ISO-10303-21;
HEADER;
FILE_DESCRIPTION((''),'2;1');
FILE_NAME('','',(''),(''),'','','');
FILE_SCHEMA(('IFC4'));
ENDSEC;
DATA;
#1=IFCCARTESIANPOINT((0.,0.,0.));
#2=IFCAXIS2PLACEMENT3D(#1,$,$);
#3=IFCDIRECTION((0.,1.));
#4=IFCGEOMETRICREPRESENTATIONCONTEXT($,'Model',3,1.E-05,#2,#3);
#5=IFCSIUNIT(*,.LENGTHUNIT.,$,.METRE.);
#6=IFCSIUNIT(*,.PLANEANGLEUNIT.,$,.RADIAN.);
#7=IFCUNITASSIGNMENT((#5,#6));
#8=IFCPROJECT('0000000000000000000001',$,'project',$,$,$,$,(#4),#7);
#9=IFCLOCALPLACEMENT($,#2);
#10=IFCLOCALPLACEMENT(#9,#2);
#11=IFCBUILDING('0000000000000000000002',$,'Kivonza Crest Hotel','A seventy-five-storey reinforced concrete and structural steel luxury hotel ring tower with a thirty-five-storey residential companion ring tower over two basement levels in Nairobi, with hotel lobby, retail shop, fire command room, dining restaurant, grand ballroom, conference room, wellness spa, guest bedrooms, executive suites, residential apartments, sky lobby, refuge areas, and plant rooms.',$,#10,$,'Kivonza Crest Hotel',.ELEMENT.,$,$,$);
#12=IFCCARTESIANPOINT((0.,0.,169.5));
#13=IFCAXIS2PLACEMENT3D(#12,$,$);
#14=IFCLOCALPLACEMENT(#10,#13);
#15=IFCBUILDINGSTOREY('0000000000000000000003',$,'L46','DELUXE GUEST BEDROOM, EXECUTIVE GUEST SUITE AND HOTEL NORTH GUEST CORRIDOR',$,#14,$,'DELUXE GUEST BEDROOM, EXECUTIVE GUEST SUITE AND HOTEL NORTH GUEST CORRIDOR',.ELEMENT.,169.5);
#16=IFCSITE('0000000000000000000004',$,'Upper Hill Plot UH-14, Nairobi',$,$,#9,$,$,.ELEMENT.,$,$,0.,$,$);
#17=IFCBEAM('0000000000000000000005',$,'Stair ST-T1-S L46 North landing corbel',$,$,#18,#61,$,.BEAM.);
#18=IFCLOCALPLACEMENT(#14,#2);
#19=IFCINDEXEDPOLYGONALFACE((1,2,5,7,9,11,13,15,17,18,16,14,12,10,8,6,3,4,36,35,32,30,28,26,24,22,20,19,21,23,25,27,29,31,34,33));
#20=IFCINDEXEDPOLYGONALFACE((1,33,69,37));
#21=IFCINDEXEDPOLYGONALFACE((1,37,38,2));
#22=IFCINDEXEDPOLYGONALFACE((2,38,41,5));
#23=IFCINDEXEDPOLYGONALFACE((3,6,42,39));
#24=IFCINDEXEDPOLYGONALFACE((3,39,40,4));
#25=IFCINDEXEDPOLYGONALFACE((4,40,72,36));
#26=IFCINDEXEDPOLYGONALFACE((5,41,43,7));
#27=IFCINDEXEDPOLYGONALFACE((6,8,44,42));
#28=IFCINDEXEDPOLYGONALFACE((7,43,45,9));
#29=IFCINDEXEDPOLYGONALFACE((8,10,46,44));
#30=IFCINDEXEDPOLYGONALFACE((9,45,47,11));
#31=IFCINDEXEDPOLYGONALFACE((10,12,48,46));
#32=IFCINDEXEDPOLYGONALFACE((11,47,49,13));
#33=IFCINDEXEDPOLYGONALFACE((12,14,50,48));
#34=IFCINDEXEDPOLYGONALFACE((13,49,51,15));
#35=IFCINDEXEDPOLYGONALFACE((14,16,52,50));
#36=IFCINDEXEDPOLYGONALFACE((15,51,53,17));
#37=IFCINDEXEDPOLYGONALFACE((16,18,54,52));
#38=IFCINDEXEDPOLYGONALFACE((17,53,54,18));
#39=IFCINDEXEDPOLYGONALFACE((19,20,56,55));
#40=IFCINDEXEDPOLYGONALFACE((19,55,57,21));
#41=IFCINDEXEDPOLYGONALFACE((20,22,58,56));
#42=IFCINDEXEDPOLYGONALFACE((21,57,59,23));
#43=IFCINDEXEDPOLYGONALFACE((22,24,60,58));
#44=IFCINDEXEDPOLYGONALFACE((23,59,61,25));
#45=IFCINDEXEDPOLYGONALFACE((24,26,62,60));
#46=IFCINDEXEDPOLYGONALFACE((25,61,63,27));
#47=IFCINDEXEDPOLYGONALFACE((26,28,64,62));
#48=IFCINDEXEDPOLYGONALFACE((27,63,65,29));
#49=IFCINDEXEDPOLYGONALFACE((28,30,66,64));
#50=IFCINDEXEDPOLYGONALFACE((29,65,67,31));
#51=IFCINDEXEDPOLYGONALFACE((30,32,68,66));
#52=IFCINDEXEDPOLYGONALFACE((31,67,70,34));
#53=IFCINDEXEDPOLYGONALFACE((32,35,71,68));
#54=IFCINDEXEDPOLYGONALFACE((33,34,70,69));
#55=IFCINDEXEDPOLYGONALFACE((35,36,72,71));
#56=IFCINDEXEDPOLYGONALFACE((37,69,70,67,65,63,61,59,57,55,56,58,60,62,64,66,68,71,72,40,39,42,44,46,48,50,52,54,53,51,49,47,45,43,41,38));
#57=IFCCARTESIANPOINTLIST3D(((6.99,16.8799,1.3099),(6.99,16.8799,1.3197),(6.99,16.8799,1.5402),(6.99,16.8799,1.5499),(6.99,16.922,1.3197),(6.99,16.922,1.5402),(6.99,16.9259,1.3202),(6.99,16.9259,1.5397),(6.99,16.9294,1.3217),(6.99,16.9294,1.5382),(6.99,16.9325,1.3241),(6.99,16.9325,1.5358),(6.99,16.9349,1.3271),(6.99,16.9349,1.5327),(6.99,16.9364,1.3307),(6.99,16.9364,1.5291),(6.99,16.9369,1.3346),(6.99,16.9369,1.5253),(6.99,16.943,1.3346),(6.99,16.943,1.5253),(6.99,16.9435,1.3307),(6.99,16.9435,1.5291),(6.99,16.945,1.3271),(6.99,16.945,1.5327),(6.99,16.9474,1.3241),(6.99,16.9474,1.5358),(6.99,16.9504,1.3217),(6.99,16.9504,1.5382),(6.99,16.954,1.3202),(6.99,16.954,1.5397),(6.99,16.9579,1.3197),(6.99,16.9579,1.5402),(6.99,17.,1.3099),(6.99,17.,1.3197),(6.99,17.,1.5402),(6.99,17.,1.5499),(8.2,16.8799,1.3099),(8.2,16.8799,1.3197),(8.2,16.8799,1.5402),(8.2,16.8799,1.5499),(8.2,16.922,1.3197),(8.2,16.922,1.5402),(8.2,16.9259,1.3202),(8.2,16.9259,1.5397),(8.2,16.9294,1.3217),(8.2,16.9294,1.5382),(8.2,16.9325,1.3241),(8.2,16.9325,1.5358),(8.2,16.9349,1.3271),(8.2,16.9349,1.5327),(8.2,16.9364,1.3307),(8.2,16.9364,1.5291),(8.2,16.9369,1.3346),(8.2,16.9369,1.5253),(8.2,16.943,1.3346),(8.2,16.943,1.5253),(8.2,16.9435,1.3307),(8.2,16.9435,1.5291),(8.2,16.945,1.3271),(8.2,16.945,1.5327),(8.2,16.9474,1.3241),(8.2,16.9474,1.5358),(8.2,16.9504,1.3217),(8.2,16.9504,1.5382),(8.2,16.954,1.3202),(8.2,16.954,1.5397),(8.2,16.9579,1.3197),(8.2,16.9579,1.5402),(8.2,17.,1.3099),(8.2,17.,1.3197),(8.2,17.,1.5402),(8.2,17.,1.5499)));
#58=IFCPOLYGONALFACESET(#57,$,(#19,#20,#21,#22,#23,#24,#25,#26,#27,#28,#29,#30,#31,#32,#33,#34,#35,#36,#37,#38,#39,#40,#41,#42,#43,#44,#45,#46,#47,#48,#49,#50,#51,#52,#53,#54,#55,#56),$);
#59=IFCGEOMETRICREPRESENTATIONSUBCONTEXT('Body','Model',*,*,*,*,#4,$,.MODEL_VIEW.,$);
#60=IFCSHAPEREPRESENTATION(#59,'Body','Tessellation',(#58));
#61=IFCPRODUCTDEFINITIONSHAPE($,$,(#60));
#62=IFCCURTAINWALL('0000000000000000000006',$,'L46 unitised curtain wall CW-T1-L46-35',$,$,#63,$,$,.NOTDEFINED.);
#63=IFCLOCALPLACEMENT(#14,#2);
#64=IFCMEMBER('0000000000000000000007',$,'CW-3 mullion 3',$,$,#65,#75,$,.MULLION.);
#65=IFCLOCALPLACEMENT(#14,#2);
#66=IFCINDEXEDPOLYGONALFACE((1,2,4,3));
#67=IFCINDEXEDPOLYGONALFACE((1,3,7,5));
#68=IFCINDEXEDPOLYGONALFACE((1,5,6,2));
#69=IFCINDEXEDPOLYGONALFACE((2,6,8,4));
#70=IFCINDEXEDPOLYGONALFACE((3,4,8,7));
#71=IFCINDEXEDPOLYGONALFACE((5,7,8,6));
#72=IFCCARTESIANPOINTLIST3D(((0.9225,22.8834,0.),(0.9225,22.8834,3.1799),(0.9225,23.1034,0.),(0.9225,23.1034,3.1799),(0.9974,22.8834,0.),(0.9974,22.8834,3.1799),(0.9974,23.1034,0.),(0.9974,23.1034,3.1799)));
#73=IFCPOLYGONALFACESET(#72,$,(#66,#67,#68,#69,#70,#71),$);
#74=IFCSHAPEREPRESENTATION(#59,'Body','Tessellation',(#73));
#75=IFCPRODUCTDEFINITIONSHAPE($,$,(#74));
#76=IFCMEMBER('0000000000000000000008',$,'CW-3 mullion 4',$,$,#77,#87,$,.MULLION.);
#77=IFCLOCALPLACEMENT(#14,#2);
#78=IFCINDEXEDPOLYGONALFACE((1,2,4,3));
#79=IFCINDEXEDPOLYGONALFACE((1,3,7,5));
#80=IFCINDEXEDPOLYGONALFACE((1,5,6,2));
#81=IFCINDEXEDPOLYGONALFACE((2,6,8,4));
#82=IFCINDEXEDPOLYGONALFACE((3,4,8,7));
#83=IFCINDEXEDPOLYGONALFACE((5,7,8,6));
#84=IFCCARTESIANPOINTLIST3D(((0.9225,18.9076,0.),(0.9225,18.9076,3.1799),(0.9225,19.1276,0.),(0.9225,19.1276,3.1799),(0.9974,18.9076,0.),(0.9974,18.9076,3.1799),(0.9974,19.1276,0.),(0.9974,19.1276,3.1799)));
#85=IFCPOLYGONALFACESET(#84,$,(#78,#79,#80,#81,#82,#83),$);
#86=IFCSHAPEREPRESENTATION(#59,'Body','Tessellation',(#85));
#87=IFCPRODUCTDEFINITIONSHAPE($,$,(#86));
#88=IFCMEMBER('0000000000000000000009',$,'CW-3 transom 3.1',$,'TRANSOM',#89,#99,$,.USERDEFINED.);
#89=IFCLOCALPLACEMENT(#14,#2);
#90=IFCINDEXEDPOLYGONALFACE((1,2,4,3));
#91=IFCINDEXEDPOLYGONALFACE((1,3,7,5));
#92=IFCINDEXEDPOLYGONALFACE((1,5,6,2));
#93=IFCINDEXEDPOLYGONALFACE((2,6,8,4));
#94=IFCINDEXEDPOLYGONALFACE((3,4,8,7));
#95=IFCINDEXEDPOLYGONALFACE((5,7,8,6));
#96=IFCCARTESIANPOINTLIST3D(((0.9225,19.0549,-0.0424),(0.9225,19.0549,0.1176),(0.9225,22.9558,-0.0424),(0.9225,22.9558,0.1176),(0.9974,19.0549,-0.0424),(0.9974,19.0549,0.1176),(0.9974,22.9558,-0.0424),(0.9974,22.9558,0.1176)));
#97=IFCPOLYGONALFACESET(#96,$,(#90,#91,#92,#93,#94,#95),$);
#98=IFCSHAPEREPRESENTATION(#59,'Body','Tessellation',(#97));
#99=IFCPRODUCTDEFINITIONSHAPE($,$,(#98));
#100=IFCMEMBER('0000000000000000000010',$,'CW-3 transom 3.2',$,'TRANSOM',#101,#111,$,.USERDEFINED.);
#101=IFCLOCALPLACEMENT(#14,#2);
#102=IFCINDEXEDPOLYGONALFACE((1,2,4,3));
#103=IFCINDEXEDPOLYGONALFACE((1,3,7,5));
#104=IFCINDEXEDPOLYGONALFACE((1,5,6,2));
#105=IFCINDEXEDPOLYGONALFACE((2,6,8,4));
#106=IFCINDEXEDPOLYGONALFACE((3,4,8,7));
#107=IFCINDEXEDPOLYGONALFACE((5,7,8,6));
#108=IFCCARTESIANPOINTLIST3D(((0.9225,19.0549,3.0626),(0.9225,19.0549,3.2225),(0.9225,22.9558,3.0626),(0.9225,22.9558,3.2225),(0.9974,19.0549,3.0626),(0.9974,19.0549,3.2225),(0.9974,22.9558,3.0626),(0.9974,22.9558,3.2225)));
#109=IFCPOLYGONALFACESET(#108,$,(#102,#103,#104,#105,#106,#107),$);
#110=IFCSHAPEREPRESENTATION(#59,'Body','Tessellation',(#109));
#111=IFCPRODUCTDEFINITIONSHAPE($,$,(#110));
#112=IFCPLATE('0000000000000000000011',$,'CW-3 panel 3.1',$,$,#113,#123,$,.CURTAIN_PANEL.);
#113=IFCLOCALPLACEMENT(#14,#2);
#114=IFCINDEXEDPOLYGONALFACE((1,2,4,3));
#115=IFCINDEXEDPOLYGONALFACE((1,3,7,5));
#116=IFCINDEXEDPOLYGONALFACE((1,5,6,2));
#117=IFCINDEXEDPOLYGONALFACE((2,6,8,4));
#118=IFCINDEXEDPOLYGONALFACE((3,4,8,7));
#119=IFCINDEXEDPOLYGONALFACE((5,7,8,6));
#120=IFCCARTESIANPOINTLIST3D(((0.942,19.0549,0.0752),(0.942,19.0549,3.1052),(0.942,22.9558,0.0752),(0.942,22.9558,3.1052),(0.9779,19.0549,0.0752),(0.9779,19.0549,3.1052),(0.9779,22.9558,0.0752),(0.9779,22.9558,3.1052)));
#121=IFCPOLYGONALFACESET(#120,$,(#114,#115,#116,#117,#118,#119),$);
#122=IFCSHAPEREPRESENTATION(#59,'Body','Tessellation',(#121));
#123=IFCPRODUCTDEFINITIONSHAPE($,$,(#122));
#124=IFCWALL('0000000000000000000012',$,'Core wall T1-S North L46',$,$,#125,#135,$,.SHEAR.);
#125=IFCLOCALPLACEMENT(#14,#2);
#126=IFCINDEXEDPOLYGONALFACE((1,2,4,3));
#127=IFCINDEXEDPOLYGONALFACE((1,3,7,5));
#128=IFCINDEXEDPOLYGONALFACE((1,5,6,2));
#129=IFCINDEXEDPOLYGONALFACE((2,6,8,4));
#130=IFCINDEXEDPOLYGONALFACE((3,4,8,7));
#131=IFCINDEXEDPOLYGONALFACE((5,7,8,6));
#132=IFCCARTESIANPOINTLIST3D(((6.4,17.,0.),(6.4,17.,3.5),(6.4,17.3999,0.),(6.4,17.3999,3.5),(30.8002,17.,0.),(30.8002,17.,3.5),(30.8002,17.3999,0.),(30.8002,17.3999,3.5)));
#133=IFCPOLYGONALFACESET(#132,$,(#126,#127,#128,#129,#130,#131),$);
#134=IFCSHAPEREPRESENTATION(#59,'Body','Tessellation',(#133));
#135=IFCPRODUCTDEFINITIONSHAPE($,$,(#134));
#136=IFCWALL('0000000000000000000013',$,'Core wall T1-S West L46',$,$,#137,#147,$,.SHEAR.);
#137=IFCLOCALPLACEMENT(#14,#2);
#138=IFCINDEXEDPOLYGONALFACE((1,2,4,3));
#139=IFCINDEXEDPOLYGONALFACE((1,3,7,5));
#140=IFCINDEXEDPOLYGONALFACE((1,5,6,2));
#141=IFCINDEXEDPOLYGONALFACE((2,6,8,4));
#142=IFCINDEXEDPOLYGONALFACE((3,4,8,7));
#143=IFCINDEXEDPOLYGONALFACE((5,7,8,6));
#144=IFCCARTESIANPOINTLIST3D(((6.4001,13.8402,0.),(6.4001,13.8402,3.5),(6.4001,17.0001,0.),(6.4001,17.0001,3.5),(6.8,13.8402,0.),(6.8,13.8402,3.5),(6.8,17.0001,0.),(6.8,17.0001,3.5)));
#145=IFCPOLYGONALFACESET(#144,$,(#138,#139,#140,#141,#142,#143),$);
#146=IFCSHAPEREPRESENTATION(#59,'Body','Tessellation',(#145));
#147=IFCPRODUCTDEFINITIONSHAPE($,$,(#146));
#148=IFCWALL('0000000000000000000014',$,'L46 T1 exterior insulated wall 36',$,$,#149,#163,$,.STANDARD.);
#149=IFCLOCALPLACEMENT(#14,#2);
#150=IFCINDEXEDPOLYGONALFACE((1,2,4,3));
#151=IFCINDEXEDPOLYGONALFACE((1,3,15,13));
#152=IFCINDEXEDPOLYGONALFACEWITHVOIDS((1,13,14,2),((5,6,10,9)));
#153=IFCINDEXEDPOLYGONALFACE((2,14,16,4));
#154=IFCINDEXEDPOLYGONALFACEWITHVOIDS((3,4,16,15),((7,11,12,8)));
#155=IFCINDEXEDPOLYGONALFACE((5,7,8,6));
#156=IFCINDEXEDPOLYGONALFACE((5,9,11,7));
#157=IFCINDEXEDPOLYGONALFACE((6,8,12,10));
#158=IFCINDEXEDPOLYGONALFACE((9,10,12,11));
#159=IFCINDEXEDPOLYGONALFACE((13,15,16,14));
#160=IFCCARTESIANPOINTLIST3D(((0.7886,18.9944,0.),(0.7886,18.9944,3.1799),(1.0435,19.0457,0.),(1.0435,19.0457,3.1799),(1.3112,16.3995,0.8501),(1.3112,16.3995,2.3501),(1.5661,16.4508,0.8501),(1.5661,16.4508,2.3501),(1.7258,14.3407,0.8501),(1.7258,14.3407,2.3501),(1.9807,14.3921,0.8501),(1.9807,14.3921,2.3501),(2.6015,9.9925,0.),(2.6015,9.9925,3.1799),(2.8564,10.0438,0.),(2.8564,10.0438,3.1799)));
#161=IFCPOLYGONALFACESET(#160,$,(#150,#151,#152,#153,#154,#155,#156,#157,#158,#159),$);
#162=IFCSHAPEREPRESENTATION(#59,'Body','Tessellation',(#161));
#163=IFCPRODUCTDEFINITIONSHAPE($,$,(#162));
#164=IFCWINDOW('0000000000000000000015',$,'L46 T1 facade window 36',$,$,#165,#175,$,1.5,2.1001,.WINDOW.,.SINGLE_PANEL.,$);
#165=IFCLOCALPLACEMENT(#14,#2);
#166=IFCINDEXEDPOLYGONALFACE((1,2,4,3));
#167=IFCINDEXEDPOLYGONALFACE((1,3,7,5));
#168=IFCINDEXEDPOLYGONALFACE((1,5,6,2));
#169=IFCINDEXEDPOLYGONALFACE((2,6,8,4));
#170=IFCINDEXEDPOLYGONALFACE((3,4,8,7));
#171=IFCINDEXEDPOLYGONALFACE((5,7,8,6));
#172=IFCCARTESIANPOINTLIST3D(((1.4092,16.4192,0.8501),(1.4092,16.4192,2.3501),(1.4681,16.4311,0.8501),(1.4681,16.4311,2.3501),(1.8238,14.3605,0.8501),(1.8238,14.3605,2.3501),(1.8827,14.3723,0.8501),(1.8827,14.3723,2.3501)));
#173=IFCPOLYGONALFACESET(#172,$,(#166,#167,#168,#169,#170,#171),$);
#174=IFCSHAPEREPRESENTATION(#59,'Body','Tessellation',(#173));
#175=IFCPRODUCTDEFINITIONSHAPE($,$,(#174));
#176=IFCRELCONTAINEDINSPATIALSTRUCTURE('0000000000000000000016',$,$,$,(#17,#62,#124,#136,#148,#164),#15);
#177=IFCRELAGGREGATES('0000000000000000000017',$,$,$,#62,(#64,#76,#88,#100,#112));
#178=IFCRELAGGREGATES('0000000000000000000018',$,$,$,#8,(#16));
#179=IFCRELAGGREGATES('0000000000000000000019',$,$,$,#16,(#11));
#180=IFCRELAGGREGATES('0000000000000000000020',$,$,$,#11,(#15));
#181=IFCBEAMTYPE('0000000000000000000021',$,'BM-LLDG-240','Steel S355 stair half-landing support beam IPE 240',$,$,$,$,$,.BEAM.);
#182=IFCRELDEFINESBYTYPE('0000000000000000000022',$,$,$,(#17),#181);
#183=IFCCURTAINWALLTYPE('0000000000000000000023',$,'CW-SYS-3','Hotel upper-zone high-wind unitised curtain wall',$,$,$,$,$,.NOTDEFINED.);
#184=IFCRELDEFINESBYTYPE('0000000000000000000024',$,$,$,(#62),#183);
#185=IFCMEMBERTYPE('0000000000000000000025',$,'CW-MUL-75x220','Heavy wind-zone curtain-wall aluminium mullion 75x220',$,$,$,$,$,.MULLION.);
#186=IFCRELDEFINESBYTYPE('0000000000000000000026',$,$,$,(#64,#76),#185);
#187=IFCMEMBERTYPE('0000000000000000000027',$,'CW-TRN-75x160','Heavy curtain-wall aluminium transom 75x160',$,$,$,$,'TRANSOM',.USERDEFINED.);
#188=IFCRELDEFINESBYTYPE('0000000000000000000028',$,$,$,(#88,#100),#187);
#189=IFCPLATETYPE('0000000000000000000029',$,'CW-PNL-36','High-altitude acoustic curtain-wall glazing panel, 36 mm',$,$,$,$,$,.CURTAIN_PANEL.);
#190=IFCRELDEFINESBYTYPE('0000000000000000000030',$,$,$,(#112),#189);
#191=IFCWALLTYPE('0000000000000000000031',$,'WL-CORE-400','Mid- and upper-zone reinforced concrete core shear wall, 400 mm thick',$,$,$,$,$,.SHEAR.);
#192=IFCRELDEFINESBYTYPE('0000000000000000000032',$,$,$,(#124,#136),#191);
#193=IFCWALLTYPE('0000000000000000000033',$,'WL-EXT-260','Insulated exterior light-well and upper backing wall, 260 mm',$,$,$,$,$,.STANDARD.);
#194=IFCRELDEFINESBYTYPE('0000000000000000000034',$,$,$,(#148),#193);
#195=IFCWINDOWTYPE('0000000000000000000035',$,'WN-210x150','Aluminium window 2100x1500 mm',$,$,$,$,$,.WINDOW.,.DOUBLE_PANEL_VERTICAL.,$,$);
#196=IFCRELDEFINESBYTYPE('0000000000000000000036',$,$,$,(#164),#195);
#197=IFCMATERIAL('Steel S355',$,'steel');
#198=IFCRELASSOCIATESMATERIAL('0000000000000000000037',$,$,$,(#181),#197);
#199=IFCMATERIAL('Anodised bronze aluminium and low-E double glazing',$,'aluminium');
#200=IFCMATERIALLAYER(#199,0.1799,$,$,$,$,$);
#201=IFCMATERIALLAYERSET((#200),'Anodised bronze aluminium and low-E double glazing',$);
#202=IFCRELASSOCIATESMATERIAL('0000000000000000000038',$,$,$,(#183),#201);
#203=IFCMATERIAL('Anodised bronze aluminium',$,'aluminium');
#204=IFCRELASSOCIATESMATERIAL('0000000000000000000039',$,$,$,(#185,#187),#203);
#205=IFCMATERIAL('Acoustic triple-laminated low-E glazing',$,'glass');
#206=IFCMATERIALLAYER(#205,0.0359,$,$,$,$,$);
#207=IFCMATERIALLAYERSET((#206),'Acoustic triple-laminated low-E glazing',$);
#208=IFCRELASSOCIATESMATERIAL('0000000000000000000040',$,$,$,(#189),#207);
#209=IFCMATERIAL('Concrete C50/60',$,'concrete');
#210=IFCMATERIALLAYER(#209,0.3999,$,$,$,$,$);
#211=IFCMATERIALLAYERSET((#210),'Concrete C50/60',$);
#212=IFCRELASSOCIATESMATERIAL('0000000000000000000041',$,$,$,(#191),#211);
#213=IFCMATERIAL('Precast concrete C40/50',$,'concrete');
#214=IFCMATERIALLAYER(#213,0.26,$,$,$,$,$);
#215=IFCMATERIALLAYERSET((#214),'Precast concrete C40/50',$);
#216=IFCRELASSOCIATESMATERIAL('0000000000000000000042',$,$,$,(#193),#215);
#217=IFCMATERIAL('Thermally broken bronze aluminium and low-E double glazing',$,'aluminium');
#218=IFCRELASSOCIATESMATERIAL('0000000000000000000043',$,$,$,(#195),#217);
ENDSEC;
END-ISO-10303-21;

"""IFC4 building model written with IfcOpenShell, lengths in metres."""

from ifc_helpers import new_model, si_unit, direction, frame, frame_2d, origin, origin_2d, place, context, subcontext, project, spatial, rectangle, i_section, extrude, material, layer, layer_set, material_profile, profile_set, type_object, element, fill, aggregate, save


model = new_model("IFC4")

# Units and contexts
model_context = context("Model", 3, precision=1e-05, world=origin(), true_north=direction((0.0, 1.0)))
body_context = subcontext(model_context, "Body", "Model", "MODEL_VIEW")
ifc_project = project(units=[si_unit("LENGTHUNIT", "METRE"), si_unit("PLANEANGLEUNIT", "RADIAN")], contexts=[model_context])

# Site, building, storey
site_placement = place(None, origin())
site = spatial("IfcSite", under=ifc_project, at=site_placement, Name="Upper Hill Plot UH-14, Nairobi", CompositionType="ELEMENT", RefElevation=0.0)
building_placement = place(site_placement, origin())
building = spatial("IfcBuilding", under=site, at=building_placement, Name="Kivonza Crest Hotel", Description="A seventy-five-storey reinforced concrete and structural steel luxury hotel ring tower with a thirty-five-storey residential companion ring tower over two basement levels in Nairobi, with hotel lobby, retail shop, fire command room, dining restaurant, grand ballroom, conference room, wellness spa, guest bedrooms, executive suites, residential apartments, sky lobby, refuge areas, and plant rooms.", LongName="Kivonza Crest Hotel", CompositionType="ELEMENT")
storey_placement = place(building_placement, frame((0.0, 0.0, 169.5)))
storey = spatial("IfcBuildingStorey", under=building, at=storey_placement, Name="L46", Description="DELUXE GUEST BEDROOM, EXECUTIVE GUEST SUITE AND HOTEL NORTH GUEST CORRIDOR", LongName="DELUXE GUEST BEDROOM, EXECUTIVE GUEST SUITE AND HOTEL NORTH GUEST CORRIDOR", CompositionType="ELEMENT", Elevation=169.5)

# Shared definitions
ifc_material_1 = material(Name="Concrete C50/60", Category="concrete")

# Beam
ifc_material_2 = material(Name="Steel S355", Category="steel")
ifc_material_profile_1 = material_profile(ifc_material_2, i_section(OverallWidth=0.1201, OverallDepth=0.24, WebThickness=0.0061, FlangeThickness=0.0098, FilletRadius=0.0149, at=origin_2d()), Name="IPE 240")
ifc_profile_set_1 = profile_set([ifc_material_profile_1], Name="Steel S355")
beam_type_1 = type_object("IfcBeamType", Name="BM-LLDG-240", Description="Steel S355 stair half-landing support beam IPE 240", PredefinedType="BEAM", material=ifc_profile_set_1)
for number, where, z_axis, x_axis, name in (
    (1, (6.99, 16.9399, 1.4299), (1.0, 0.0, 0.0), (0.0, 1.0, 0.0), "Stair ST-T1-S L46 North landing corbel"),
):
    element("IfcBeam", number, at=place(storey_placement, frame(where, z_axis=z_axis, x_axis=x_axis)), inside=storey, type_object=beam_type_1, Name=name, PredefinedType="BEAM", context=body_context, shape_type="SweptSolid", body=[
        extrude(i_section(OverallWidth=0.1201, OverallDepth=0.24, WebThickness=0.0061, FlangeThickness=0.0098, FilletRadius=0.0149, at=origin_2d()), origin(), (0.0, 0.0, 1.0), 1.21),
    ])

# Curtain wall, members, plate
ifc_material_3 = material(Name="Anodised bronze aluminium and low-E double glazing", Category="aluminium")
ifc_layer_1 = layer(ifc_material_3, 0.1799)
ifc_layer_set_1 = layer_set([ifc_layer_1], Name="Anodised bronze aluminium and low-E double glazing")
curtain_wall_type = type_object("IfcCurtainWallType", Name="CW-SYS-3", Description="Hotel upper-zone high-wind unitised curtain wall", PredefinedType="NOTDEFINED", material=ifc_layer_set_1)
curtain_wall_placement = place(storey_placement, origin())
curtain_wall = element("IfcCurtainWall", 2, at=curtain_wall_placement, inside=storey, type_object=curtain_wall_type, Name="L46 unitised curtain wall CW-T1-L46-35", PredefinedType="NOTDEFINED")
ifc_material_4 = material(Name="Anodised bronze aluminium", Category="aluminium")
ifc_material_profile_2 = material_profile(ifc_material_4, rectangle(XDim=0.075, YDim=0.22, at=origin_2d()), Name="CW-M 75x220")
ifc_profile_set_2 = profile_set([ifc_material_profile_2], Name="Anodised bronze aluminium")
member_type_1 = type_object("IfcMemberType", Name="CW-MUL-75x220", Description="Heavy wind-zone curtain-wall aluminium mullion 75x220", PredefinedType="MULLION", material=ifc_profile_set_2)
member_1_placement = place(storey_placement, frame((0.96, 22.9934, 0.0), z_axis=(0.0, 0.0, 1.0), x_axis=(1.0, 0.0, 0.0)))
member_1 = element("IfcMember", 3, at=member_1_placement, type_object=member_type_1, Name="CW-3 mullion 3", PredefinedType="MULLION", context=body_context, shape_type="SweptSolid", body=[
    extrude(rectangle(XDim=0.075, YDim=0.22, at=origin_2d()), origin(), (0.0, 0.0, 1.0), 3.1799),
])
member_2_placement = place(storey_placement, frame((0.96, 19.0176, 0.0), z_axis=(0.0, 0.0, 1.0), x_axis=(1.0, 0.0, 0.0)))
member_2 = element("IfcMember", 4, at=member_2_placement, type_object=member_type_1, Name="CW-3 mullion 4", PredefinedType="MULLION", context=body_context, shape_type="SweptSolid", body=[
    extrude(rectangle(XDim=0.075, YDim=0.22, at=origin_2d()), origin(), (0.0, 0.0, 1.0), 3.1799),
])
ifc_material_profile_3 = material_profile(ifc_material_4, rectangle(XDim=0.075, YDim=0.1599, at=origin_2d()), Name="CW-T 75x160")
ifc_profile_set_3 = profile_set([ifc_material_profile_3], Name="Anodised bronze aluminium")
member_type_2 = type_object("IfcMemberType", Name="CW-TRN-75x160", Description="Heavy curtain-wall aluminium transom 75x160", ElementType="TRANSOM", PredefinedType="USERDEFINED", material=ifc_profile_set_3)
member_3_placement = place(storey_placement, frame((0.96, 22.9558, 0.0376), z_axis=(0.0, -1.0, 0.0), x_axis=(1.0, 0.0, 0.0)))
member_3 = element("IfcMember", 5, at=member_3_placement, type_object=member_type_2, Name="CW-3 transom 3.1", ObjectType="TRANSOM", PredefinedType="USERDEFINED", context=body_context, shape_type="SweptSolid", body=[
    extrude(rectangle(XDim=0.075, YDim=0.1599, at=origin_2d()), origin(), (0.0, 0.0, 1.0), 3.9009),
])
member_4_placement = place(storey_placement, frame((0.96, 22.9558, 3.1426), z_axis=(0.0, -1.0, 0.0), x_axis=(1.0, 0.0, 0.0)))
member_4 = element("IfcMember", 6, at=member_4_placement, type_object=member_type_2, Name="CW-3 transom 3.2", ObjectType="TRANSOM", PredefinedType="USERDEFINED", context=body_context, shape_type="SweptSolid", body=[
    extrude(rectangle(XDim=0.075, YDim=0.1599, at=origin_2d()), origin(), (0.0, 0.0, 1.0), 3.9009),
])
ifc_material_5 = material(Name="Acoustic triple-laminated low-E glazing", Category="glass")
ifc_layer_2 = layer(ifc_material_5, 0.0359)
ifc_layer_set_2 = layer_set([ifc_layer_2], Name="Acoustic triple-laminated low-E glazing")
plate_type = type_object("IfcPlateType", Name="CW-PNL-36", Description="High-altitude acoustic curtain-wall glazing panel, 36 mm", PredefinedType="CURTAIN_PANEL", material=ifc_layer_set_2)
plate_placement = place(storey_placement, frame((0.96, 21.0054, 0.0752), z_axis=(0.0, 0.0, 1.0), x_axis=(0.0, -1.0, 0.0)))
plate = element("IfcPlate", 7, at=plate_placement, type_object=plate_type, Name="CW-3 panel 3.1", PredefinedType="CURTAIN_PANEL", context=body_context, shape_type="SweptSolid", body=[
    extrude(rectangle(XDim=3.9009, YDim=0.0359, at=origin_2d()), origin(), (0.0, 0.0, 1.0), 3.03),
])
aggregate(curtain_wall, [member_1, member_2, member_3, member_4, plate])

# Shared definitions
ifc_layer_3 = layer(ifc_material_1, 0.3999)
ifc_layer_set_3 = layer_set([ifc_layer_3], Name="Concrete C50/60")
wall_type_1 = type_object("IfcWallType", Name="WL-CORE-400", Description="Mid- and upper-zone reinforced concrete core shear wall, 400 mm thick", PredefinedType="SHEAR", material=ifc_layer_set_3)

# Walls
wall_1_placement = place(storey_placement, frame((6.3999, 17.2, 0.0), z_axis=(0.0, 0.0, 1.0), x_axis=(1.0, 0.0, 0.0)))
element("IfcWall", 8, at=wall_1_placement, inside=storey, type_object=wall_type_1, Name="Core wall T1-S North L46", PredefinedType="SHEAR", context=body_context, shape_type="SweptSolid", body=[
    extrude(rectangle(XDim=24.4001, YDim=0.3999, at=frame_2d((12.2002, 0.0))), origin(), (0.0, 0.0, 1.0), 3.5),
])
wall_2_placement = place(storey_placement, frame((6.6001, 13.8401, 0.0), z_axis=(0.0, 0.0, 1.0), x_axis=(0.0, 1.0, 0.0)))
element("IfcWall", 9, at=wall_2_placement, inside=storey, type_object=wall_type_1, Name="Core wall T1-S West L46", PredefinedType="SHEAR", context=body_context, shape_type="SweptSolid", body=[
    extrude(rectangle(XDim=3.1599, YDim=0.3999, at=frame_2d((1.5801, 0.0))), origin(), (0.0, 0.0, 1.0), 3.5),
])

# Wall, opening, window
ifc_material_6 = material(Name="Precast concrete C40/50", Category="concrete")
ifc_layer_4 = layer(ifc_material_6, 0.26)
ifc_layer_set_4 = layer_set([ifc_layer_4], Name="Precast concrete C40/50")
wall_type_2 = type_object("IfcWallType", Name="WL-EXT-260", Description="Insulated exterior light-well and upper backing wall, 260 mm", PredefinedType="STANDARD", material=ifc_layer_set_4)
wall_3_placement = place(storey_placement, frame((0.916, 19.02, 0.0), z_axis=(0.0, 0.0, 1.0), x_axis=(0.197435, -0.980316, 0.0)))
wall_3 = element("IfcWall", 10, at=wall_3_placement, inside=storey, type_object=wall_type_2, Name="L46 T1 exterior insulated wall 36", PredefinedType="STANDARD", context=body_context, shape_type="SweptSolid", body=[
    extrude(rectangle(XDim=9.1826, YDim=0.26, at=frame_2d((4.5913, 0.0))), origin(), (0.0, 0.0, 1.0), 3.1799),
])
opening_1_placement = place(wall_3_placement, frame((2.647, 0.0, 0.8501)))
opening_1 = element("IfcOpeningElement", 11, at=opening_1_placement, cuts=wall_3, PredefinedType="OPENING", context=body_context, shape_type="SweptSolid", body=[
    extrude(rectangle(XDim=2.1001, YDim=1.5, at=frame_2d((1.05, 0.75))), frame((0.0, 0.1401, 0.0), z_axis=(0.0, -1.0, 0.0), x_axis=(1.0, 0.0, 0.0)), (0.0, 0.0, 1.0), 0.28),
])
ifc_material_7 = material(Name="Thermally broken bronze aluminium and low-E double glazing", Category="aluminium")
window_type = type_object("IfcWindowType", Name="WN-210x150", Description="Aluminium window 2100x1500 mm", PartitioningType="DOUBLE_PANEL_VERTICAL", PredefinedType="WINDOW", material=ifc_material_7)
window_placement = place(opening_1_placement, origin())
window = element("IfcWindow", 12, at=window_placement, inside=storey, type_object=window_type, Name="L46 T1 facade window 36", OverallHeight=1.5, OverallWidth=2.1001, PartitioningType="SINGLE_PANEL", PredefinedType="WINDOW", context=body_context, shape_type="SweptSolid", body=[
    extrude(rectangle(XDim=2.1001, YDim=1.5, at=frame_2d((1.05, 0.75))), frame((0.0, 0.03, 0.0), z_axis=(0.0, -1.0, 0.0), x_axis=(1.0, 0.0, 0.0)), (0.0, 0.0, 1.0), 0.0601),
])
fill(opening_1, window)

save(model, "model.ifc")
